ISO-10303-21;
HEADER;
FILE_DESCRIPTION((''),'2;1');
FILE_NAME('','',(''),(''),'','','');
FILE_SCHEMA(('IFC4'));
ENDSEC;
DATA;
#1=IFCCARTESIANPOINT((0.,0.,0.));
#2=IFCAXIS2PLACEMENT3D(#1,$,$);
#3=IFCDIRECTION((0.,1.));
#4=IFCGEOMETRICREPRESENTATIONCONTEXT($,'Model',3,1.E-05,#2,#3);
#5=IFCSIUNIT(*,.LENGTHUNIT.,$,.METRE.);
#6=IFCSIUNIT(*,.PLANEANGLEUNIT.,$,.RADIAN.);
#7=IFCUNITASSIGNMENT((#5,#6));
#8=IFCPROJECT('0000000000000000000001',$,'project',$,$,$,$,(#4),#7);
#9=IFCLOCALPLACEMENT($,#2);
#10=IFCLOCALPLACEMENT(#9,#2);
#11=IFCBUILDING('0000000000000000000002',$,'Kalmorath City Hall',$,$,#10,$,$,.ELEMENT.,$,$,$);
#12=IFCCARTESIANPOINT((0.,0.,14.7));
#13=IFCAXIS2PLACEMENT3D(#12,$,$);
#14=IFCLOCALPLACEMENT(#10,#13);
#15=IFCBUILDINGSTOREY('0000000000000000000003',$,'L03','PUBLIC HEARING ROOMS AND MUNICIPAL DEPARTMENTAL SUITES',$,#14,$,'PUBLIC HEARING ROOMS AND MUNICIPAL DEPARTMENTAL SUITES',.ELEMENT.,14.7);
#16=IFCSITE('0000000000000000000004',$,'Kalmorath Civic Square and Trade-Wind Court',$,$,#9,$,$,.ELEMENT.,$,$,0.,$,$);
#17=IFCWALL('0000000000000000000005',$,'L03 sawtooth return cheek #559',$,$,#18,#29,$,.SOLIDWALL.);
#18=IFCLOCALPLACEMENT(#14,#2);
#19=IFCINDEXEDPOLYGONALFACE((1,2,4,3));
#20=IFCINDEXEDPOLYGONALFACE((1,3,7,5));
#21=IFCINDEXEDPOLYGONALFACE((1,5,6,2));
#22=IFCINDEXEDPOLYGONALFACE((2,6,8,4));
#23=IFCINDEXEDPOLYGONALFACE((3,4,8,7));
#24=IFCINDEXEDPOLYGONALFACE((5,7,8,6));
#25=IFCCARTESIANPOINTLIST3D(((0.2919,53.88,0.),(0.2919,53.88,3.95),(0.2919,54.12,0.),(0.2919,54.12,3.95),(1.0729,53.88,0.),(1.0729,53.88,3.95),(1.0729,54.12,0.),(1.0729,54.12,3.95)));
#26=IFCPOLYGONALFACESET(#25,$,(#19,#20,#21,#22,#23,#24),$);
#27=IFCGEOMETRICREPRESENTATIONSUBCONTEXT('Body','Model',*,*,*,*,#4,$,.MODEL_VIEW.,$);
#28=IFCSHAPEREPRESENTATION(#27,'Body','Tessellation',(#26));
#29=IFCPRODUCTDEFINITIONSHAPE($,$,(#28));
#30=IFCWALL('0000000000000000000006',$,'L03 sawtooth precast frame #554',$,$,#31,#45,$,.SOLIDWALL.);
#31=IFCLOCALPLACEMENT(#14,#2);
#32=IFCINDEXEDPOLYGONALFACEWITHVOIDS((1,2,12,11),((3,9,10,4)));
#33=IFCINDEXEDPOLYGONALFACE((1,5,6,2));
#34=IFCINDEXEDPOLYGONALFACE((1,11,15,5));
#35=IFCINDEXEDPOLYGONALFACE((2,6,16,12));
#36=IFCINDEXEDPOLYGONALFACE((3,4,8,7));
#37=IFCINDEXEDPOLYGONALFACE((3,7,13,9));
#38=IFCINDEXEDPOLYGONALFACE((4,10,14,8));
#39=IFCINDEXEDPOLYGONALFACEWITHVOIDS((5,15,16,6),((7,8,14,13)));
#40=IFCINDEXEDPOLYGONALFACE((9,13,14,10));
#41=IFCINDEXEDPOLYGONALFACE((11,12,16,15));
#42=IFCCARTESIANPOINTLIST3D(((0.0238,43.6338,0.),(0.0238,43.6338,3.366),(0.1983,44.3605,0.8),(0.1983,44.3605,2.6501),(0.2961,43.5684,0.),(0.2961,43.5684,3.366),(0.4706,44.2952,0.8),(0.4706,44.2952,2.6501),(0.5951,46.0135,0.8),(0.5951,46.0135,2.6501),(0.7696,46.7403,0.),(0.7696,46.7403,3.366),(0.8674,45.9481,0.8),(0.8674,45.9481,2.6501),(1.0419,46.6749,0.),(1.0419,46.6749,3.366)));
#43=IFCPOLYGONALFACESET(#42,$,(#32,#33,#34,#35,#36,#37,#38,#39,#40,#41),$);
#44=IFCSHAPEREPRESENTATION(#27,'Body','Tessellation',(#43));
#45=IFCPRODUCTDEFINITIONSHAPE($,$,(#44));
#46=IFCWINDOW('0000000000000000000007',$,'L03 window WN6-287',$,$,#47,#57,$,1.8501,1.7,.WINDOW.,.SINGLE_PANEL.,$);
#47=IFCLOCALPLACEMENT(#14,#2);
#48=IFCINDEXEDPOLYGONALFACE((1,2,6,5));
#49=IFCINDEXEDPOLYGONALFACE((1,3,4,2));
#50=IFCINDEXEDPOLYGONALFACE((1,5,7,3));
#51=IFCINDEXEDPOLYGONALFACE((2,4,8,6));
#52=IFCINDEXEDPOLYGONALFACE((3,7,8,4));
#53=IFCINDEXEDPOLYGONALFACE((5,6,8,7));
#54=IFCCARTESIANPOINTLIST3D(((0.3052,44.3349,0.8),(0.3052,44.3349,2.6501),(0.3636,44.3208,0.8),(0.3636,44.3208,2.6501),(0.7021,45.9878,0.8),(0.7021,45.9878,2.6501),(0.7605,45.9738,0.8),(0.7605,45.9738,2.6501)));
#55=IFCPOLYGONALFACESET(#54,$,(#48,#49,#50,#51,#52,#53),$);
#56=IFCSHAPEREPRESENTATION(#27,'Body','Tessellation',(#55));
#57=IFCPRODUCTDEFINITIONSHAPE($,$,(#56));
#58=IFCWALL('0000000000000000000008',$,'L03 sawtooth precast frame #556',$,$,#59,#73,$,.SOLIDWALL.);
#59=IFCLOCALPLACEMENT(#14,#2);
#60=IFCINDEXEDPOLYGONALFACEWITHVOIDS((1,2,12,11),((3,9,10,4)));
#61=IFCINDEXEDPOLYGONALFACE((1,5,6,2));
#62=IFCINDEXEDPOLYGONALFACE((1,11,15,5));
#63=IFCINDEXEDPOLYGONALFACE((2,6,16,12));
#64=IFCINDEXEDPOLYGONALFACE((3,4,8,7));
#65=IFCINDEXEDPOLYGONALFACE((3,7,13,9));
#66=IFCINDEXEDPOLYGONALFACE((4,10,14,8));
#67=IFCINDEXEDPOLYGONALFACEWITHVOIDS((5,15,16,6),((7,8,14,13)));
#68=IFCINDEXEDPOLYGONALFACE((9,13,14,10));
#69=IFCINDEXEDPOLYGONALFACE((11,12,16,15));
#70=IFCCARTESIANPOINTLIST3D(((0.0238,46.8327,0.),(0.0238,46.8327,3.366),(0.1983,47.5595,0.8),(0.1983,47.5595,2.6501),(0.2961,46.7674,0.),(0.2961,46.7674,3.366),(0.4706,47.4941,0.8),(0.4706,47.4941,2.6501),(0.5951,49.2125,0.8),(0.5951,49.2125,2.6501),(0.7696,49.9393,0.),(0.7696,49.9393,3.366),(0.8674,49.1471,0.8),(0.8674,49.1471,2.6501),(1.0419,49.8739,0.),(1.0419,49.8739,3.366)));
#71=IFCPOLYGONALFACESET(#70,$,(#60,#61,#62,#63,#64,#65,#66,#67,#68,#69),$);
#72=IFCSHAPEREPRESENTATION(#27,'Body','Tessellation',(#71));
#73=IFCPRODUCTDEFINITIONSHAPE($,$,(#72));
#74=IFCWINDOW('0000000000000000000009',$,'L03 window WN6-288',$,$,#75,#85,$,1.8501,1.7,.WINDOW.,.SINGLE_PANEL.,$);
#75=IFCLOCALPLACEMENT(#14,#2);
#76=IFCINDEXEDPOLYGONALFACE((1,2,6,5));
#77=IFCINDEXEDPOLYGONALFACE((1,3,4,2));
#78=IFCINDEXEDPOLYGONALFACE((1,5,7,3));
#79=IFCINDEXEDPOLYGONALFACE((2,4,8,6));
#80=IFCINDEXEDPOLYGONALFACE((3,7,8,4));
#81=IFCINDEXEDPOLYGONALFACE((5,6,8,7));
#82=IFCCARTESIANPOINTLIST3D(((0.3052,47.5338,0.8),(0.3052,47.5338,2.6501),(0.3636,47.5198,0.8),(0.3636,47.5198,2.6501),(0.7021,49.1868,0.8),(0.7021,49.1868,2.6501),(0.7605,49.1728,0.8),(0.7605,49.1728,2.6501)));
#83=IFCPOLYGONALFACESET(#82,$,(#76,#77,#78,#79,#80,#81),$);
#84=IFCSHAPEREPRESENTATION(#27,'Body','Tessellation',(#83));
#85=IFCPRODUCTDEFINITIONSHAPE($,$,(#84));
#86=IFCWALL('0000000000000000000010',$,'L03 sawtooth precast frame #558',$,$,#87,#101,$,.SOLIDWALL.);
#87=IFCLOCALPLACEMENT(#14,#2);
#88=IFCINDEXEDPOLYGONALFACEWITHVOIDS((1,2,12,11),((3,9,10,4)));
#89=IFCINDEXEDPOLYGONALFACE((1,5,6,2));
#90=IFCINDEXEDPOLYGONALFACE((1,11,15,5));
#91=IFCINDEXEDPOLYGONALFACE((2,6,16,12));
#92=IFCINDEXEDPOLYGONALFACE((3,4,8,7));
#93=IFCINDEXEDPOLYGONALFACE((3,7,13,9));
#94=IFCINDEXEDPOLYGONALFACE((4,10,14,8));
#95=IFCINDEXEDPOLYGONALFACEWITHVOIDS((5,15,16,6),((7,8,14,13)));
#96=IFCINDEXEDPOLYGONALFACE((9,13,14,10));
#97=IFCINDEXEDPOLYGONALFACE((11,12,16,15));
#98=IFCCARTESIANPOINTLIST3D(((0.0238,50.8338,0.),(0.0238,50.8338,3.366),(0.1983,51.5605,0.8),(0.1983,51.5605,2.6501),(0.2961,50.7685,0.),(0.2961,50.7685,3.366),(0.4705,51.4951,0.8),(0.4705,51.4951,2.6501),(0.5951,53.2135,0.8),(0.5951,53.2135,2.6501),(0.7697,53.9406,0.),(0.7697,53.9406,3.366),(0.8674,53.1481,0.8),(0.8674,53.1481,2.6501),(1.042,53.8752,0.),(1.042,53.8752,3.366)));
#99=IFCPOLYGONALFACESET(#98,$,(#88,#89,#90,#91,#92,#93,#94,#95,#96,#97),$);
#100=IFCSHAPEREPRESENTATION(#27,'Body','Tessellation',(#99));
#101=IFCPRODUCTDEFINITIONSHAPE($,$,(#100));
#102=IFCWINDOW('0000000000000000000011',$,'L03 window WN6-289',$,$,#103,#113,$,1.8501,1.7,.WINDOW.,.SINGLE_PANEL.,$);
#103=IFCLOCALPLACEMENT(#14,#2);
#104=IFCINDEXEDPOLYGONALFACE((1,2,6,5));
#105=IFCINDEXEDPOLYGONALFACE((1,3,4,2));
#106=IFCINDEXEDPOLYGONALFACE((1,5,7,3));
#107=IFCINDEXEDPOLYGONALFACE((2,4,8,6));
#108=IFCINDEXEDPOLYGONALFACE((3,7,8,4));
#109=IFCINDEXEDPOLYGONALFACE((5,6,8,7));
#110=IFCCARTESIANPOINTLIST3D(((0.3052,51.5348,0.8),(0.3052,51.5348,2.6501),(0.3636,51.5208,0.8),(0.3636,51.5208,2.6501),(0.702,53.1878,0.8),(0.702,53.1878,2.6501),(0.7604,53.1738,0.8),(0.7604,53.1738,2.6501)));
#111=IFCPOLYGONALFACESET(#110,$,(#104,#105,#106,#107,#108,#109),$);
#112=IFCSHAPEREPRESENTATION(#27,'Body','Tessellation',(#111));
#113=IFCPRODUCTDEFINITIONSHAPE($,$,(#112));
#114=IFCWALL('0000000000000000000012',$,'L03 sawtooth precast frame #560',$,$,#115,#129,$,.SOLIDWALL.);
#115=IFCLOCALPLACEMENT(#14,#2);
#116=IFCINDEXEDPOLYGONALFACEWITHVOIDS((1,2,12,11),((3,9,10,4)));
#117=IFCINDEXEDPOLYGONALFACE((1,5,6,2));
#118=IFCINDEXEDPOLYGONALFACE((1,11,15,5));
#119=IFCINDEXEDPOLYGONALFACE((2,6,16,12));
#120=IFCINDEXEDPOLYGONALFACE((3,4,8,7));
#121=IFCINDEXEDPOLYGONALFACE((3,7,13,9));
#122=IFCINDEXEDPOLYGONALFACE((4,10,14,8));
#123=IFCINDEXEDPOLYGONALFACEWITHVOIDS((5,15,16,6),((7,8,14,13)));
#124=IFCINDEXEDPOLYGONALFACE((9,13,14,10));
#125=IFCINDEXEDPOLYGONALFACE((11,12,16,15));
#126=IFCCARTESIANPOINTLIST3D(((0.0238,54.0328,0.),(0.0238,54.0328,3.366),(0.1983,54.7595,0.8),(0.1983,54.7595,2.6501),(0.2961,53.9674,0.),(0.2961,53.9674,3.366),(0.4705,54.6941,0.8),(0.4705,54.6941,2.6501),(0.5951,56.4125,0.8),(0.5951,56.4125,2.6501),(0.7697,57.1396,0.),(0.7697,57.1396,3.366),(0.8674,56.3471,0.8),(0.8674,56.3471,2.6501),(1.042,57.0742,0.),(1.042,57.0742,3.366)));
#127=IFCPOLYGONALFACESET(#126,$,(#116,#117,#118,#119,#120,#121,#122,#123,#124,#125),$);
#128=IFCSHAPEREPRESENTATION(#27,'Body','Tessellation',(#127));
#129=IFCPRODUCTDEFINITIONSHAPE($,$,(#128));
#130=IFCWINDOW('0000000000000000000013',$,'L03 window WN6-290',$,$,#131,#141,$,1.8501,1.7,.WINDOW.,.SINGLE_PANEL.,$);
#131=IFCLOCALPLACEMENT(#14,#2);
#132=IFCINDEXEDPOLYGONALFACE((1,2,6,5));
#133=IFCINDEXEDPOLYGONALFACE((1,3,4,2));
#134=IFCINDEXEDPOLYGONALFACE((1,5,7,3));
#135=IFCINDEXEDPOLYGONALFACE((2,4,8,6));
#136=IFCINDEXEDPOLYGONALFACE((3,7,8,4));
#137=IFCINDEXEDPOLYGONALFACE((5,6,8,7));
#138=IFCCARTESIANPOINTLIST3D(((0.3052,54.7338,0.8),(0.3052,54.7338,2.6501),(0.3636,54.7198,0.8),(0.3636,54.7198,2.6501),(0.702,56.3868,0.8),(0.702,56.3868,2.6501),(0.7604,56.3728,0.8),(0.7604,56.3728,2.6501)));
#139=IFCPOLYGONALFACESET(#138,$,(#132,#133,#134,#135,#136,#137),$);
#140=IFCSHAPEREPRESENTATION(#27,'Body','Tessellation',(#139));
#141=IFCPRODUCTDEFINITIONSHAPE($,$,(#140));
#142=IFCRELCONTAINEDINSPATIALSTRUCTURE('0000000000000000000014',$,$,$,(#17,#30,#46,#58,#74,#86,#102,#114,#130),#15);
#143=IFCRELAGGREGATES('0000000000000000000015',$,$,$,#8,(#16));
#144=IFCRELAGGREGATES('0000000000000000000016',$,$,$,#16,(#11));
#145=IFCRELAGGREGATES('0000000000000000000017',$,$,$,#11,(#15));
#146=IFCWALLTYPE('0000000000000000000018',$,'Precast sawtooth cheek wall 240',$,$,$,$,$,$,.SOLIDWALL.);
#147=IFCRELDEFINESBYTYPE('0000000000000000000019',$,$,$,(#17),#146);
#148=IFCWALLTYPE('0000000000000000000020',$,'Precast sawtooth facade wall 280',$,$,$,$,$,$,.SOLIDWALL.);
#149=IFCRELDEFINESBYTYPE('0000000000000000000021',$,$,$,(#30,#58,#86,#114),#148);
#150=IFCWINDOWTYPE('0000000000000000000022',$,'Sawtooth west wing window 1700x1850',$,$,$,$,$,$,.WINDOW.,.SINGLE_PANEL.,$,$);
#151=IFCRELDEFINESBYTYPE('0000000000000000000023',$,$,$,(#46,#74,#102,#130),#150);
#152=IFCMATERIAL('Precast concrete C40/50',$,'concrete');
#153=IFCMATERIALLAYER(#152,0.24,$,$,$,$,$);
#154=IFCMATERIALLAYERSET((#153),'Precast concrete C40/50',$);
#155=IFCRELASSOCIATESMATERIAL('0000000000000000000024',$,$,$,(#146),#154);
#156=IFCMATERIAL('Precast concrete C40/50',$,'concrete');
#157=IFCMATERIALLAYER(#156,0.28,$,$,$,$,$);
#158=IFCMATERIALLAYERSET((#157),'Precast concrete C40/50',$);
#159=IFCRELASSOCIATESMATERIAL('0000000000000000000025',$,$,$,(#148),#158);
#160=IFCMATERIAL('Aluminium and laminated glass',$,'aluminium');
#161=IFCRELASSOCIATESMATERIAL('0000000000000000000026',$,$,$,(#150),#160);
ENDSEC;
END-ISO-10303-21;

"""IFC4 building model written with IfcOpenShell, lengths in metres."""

from ifc_helpers import new_model, si_unit, direction, frame, frame_2d, origin, place, context, subcontext, project, spatial, rectangle, extrude, material, layer, layer_set, type_object, element, fill, save


model = new_model("IFC4")

# Units and contexts
model_context = context("Model", 3, precision=1e-05, world=origin(), true_north=direction((0.0, 1.0)))
body_context = subcontext(model_context, "Body", "Model", "MODEL_VIEW")
ifc_project = project(units=[si_unit("LENGTHUNIT", "METRE"), si_unit("PLANEANGLEUNIT", "RADIAN")], contexts=[model_context])

# Site, building, storey
site_placement = place(None, origin())
site = spatial("IfcSite", under=ifc_project, at=site_placement, Name="Kalmorath Civic Square and Trade-Wind Court", CompositionType="ELEMENT", RefElevation=0.0)
building_placement = place(site_placement, origin())
building = spatial("IfcBuilding", under=site, at=building_placement, Name="Kalmorath City Hall", CompositionType="ELEMENT")
storey_placement = place(building_placement, frame((0.0, 0.0, 14.7)))
storey = spatial("IfcBuildingStorey", under=building, at=storey_placement, Name="L03", Description="PUBLIC HEARING ROOMS AND MUNICIPAL DEPARTMENTAL SUITES", LongName="PUBLIC HEARING ROOMS AND MUNICIPAL DEPARTMENTAL SUITES", CompositionType="ELEMENT", Elevation=14.7)

# Wall
ifc_material_1 = material(Name="Precast concrete C40/50", Category="concrete")
ifc_layer_1 = layer(ifc_material_1, 0.24)
ifc_layer_set_1 = layer_set([ifc_layer_1], Name="Precast concrete C40/50")
wall_type_1 = type_object("IfcWallType", Name="Precast sawtooth cheek wall 240", PredefinedType="SOLIDWALL", material=ifc_layer_set_1)
for number, where, z_axis, x_axis, name in (
    (1, (1.073, 54.0, 0.0), (0.0, 0.0, 1.0), (-1.0, 0.0, 0.0), "L03 sawtooth return cheek #559"),
):
    element("IfcWall", number, at=place(storey_placement, frame(where, z_axis=z_axis, x_axis=x_axis)), inside=storey, type_object=wall_type_1, Name=name, PredefinedType="SOLIDWALL", context=body_context, shape_type="SweptSolid", body=[
        extrude(rectangle(XDim=0.781, YDim=0.24, at=frame_2d((0.3906, 0.0))), origin(), (0.0, 0.0, 1.0), 3.95),
    ])

# Walls, openings, windows
ifc_material_2 = material(Name="Precast concrete C40/50", Category="concrete")
ifc_layer_2 = layer(ifc_material_2, 0.28)
ifc_layer_set_2 = layer_set([ifc_layer_2], Name="Precast concrete C40/50")
wall_type_2 = type_object("IfcWallType", Name="Precast sawtooth facade wall 280", PredefinedType="SOLIDWALL", material=ifc_layer_set_2)
wall_1_placement = place(storey_placement, frame((0.1599, 43.6011, 0.0), z_axis=(0.0, 0.0, 1.0), x_axis=(0.233463, 0.972366, 0.0)))
wall_1 = element("IfcWall", 2, at=wall_1_placement, inside=storey, type_object=wall_type_2, Name="L03 sawtooth precast frame #554", PredefinedType="SOLIDWALL", context=body_context, shape_type="SweptSolid", body=[
    extrude(rectangle(XDim=3.1948, YDim=0.28, at=frame_2d((1.5974, 0.0))), origin(), (0.0, 0.0, 1.0), 3.366),
])
opening_1_placement = place(wall_1_placement, frame((0.7473, 0.0, 0.8)))
opening_1 = element("IfcOpeningElement", 3, at=opening_1_placement, cuts=wall_1, PredefinedType="OPENING", context=body_context, shape_type="SweptSolid", body=[
    extrude(rectangle(XDim=1.7, YDim=1.8501, at=frame_2d((0.8501, 0.925))), frame((0.0, 0.1499, 0.0), z_axis=(0.0, -1.0, 0.0), x_axis=(1.0, 0.0, 0.0)), (0.0, 0.0, 1.0), 0.3),
])
ifc_material_3 = material(Name="Aluminium and laminated glass", Category="aluminium")
window_type = type_object("IfcWindowType", Name="Sawtooth west wing window 1700x1850", PartitioningType="SINGLE_PANEL", PredefinedType="WINDOW", material=ifc_material_3)
window_1_placement = place(opening_1_placement, origin())
window_1 = element("IfcWindow", 4, at=window_1_placement, inside=storey, type_object=window_type, Name="L03 window WN6-287", OverallHeight=1.8501, OverallWidth=1.7, PartitioningType="SINGLE_PANEL", PredefinedType="WINDOW", context=body_context, shape_type="SweptSolid", body=[
    extrude(rectangle(XDim=1.7, YDim=1.8501, at=frame_2d((0.8501, 0.925))), frame((0.0, 0.03, 0.0), z_axis=(0.0, -1.0, 0.0), x_axis=(1.0, 0.0, 0.0)), (0.0, 0.0, 1.0), 0.0601),
])
fill(opening_1, window_1)
wall_2_placement = place(storey_placement, frame((0.1599, 46.8, 0.0), z_axis=(0.0, 0.0, 1.0), x_axis=(0.233463, 0.972366, 0.0)))
wall_2 = element("IfcWall", 5, at=wall_2_placement, inside=storey, type_object=wall_type_2, Name="L03 sawtooth precast frame #556", PredefinedType="SOLIDWALL", context=body_context, shape_type="SweptSolid", body=[
    extrude(rectangle(XDim=3.1948, YDim=0.28, at=frame_2d((1.5974, 0.0))), origin(), (0.0, 0.0, 1.0), 3.366),
])
opening_2_placement = place(wall_2_placement, frame((0.7473, 0.0, 0.8)))
opening_2 = element("IfcOpeningElement", 6, at=opening_2_placement, cuts=wall_2, PredefinedType="OPENING", context=body_context, shape_type="SweptSolid", body=[
    extrude(rectangle(XDim=1.7, YDim=1.8501, at=frame_2d((0.8501, 0.925))), frame((0.0, 0.1499, 0.0), z_axis=(0.0, -1.0, 0.0), x_axis=(1.0, 0.0, 0.0)), (0.0, 0.0, 1.0), 0.3),
])
window_2_placement = place(opening_2_placement, origin())
window_2 = element("IfcWindow", 7, at=window_2_placement, inside=storey, type_object=window_type, Name="L03 window WN6-288", OverallHeight=1.8501, OverallWidth=1.7, PartitioningType="SINGLE_PANEL", PredefinedType="WINDOW", context=body_context, shape_type="SweptSolid", body=[
    extrude(rectangle(XDim=1.7, YDim=1.8501, at=frame_2d((0.8501, 0.925))), frame((0.0, 0.03, 0.0), z_axis=(0.0, -1.0, 0.0), x_axis=(1.0, 0.0, 0.0)), (0.0, 0.0, 1.0), 0.0601),
])
fill(opening_2, window_2)
wall_3_placement = place(storey_placement, frame((0.1599, 50.801, 0.0), z_axis=(0.0, 0.0, 1.0), x_axis=(0.233445, 0.97237, 0.0)))
wall_3 = element("IfcWall", 8, at=wall_3_placement, inside=storey, type_object=wall_type_2, Name="L03 sawtooth precast frame #558", PredefinedType="SOLIDWALL", context=body_context, shape_type="SweptSolid", body=[
    extrude(rectangle(XDim=3.1951, YDim=0.28, at=frame_2d((1.5977, 0.0))), origin(), (0.0, 0.0, 1.0), 3.366),
])
opening_3_placement = place(wall_3_placement, frame((0.7473, 0.0, 0.8)))
opening_3 = element("IfcOpeningElement", 9, at=opening_3_placement, cuts=wall_3, PredefinedType="OPENING", context=body_context, shape_type="SweptSolid", body=[
    extrude(rectangle(XDim=1.7, YDim=1.8501, at=frame_2d((0.8501, 0.925))), frame((0.0, 0.1499, 0.0), z_axis=(0.0, -1.0, 0.0), x_axis=(1.0, 0.0, 0.0)), (0.0, 0.0, 1.0), 0.3),
])
window_3_placement = place(opening_3_placement, origin())
window_3 = element("IfcWindow", 10, at=window_3_placement, inside=storey, type_object=window_type, Name="L03 window WN6-289", OverallHeight=1.8501, OverallWidth=1.7, PartitioningType="SINGLE_PANEL", PredefinedType="WINDOW", context=body_context, shape_type="SweptSolid", body=[
    extrude(rectangle(XDim=1.7, YDim=1.8501, at=frame_2d((0.8501, 0.925))), frame((0.0, 0.03, 0.0), z_axis=(0.0, -1.0, 0.0), x_axis=(1.0, 0.0, 0.0)), (0.0, 0.0, 1.0), 0.0601),
])
fill(opening_3, window_3)
wall_4_placement = place(storey_placement, frame((0.1599, 54.0, 0.0), z_axis=(0.0, 0.0, 1.0), x_axis=(0.233445, 0.97237, 0.0)))
wall_4 = element("IfcWall", 11, at=wall_4_placement, inside=storey, type_object=wall_type_2, Name="L03 sawtooth precast frame #560", PredefinedType="SOLIDWALL", context=body_context, shape_type="SweptSolid", body=[
    extrude(rectangle(XDim=3.1951, YDim=0.28, at=frame_2d((1.5977, 0.0))), origin(), (0.0, 0.0, 1.0), 3.366),
])
opening_4_placement = place(wall_4_placement, frame((0.7473, 0.0, 0.8)))
opening_4 = element("IfcOpeningElement", 12, at=opening_4_placement, cuts=wall_4, PredefinedType="OPENING", context=body_context, shape_type="SweptSolid", body=[
    extrude(rectangle(XDim=1.7, YDim=1.8501, at=frame_2d((0.8501, 0.925))), frame((0.0, 0.1499, 0.0), z_axis=(0.0, -1.0, 0.0), x_axis=(1.0, 0.0, 0.0)), (0.0, 0.0, 1.0), 0.3),
])
window_4_placement = place(opening_4_placement, origin())
window_4 = element("IfcWindow", 13, at=window_4_placement, inside=storey, type_object=window_type, Name="L03 window WN6-290", OverallHeight=1.8501, OverallWidth=1.7, PartitioningType="SINGLE_PANEL", PredefinedType="WINDOW", context=body_context, shape_type="SweptSolid", body=[
    extrude(rectangle(XDim=1.7, YDim=1.8501, at=frame_2d((0.8501, 0.925))), frame((0.0, 0.03, 0.0), z_axis=(0.0, -1.0, 0.0), x_axis=(1.0, 0.0, 0.0)), (0.0, 0.0, 1.0), 0.0601),
])
fill(opening_4, window_4)

save(model, "model.ifc")
